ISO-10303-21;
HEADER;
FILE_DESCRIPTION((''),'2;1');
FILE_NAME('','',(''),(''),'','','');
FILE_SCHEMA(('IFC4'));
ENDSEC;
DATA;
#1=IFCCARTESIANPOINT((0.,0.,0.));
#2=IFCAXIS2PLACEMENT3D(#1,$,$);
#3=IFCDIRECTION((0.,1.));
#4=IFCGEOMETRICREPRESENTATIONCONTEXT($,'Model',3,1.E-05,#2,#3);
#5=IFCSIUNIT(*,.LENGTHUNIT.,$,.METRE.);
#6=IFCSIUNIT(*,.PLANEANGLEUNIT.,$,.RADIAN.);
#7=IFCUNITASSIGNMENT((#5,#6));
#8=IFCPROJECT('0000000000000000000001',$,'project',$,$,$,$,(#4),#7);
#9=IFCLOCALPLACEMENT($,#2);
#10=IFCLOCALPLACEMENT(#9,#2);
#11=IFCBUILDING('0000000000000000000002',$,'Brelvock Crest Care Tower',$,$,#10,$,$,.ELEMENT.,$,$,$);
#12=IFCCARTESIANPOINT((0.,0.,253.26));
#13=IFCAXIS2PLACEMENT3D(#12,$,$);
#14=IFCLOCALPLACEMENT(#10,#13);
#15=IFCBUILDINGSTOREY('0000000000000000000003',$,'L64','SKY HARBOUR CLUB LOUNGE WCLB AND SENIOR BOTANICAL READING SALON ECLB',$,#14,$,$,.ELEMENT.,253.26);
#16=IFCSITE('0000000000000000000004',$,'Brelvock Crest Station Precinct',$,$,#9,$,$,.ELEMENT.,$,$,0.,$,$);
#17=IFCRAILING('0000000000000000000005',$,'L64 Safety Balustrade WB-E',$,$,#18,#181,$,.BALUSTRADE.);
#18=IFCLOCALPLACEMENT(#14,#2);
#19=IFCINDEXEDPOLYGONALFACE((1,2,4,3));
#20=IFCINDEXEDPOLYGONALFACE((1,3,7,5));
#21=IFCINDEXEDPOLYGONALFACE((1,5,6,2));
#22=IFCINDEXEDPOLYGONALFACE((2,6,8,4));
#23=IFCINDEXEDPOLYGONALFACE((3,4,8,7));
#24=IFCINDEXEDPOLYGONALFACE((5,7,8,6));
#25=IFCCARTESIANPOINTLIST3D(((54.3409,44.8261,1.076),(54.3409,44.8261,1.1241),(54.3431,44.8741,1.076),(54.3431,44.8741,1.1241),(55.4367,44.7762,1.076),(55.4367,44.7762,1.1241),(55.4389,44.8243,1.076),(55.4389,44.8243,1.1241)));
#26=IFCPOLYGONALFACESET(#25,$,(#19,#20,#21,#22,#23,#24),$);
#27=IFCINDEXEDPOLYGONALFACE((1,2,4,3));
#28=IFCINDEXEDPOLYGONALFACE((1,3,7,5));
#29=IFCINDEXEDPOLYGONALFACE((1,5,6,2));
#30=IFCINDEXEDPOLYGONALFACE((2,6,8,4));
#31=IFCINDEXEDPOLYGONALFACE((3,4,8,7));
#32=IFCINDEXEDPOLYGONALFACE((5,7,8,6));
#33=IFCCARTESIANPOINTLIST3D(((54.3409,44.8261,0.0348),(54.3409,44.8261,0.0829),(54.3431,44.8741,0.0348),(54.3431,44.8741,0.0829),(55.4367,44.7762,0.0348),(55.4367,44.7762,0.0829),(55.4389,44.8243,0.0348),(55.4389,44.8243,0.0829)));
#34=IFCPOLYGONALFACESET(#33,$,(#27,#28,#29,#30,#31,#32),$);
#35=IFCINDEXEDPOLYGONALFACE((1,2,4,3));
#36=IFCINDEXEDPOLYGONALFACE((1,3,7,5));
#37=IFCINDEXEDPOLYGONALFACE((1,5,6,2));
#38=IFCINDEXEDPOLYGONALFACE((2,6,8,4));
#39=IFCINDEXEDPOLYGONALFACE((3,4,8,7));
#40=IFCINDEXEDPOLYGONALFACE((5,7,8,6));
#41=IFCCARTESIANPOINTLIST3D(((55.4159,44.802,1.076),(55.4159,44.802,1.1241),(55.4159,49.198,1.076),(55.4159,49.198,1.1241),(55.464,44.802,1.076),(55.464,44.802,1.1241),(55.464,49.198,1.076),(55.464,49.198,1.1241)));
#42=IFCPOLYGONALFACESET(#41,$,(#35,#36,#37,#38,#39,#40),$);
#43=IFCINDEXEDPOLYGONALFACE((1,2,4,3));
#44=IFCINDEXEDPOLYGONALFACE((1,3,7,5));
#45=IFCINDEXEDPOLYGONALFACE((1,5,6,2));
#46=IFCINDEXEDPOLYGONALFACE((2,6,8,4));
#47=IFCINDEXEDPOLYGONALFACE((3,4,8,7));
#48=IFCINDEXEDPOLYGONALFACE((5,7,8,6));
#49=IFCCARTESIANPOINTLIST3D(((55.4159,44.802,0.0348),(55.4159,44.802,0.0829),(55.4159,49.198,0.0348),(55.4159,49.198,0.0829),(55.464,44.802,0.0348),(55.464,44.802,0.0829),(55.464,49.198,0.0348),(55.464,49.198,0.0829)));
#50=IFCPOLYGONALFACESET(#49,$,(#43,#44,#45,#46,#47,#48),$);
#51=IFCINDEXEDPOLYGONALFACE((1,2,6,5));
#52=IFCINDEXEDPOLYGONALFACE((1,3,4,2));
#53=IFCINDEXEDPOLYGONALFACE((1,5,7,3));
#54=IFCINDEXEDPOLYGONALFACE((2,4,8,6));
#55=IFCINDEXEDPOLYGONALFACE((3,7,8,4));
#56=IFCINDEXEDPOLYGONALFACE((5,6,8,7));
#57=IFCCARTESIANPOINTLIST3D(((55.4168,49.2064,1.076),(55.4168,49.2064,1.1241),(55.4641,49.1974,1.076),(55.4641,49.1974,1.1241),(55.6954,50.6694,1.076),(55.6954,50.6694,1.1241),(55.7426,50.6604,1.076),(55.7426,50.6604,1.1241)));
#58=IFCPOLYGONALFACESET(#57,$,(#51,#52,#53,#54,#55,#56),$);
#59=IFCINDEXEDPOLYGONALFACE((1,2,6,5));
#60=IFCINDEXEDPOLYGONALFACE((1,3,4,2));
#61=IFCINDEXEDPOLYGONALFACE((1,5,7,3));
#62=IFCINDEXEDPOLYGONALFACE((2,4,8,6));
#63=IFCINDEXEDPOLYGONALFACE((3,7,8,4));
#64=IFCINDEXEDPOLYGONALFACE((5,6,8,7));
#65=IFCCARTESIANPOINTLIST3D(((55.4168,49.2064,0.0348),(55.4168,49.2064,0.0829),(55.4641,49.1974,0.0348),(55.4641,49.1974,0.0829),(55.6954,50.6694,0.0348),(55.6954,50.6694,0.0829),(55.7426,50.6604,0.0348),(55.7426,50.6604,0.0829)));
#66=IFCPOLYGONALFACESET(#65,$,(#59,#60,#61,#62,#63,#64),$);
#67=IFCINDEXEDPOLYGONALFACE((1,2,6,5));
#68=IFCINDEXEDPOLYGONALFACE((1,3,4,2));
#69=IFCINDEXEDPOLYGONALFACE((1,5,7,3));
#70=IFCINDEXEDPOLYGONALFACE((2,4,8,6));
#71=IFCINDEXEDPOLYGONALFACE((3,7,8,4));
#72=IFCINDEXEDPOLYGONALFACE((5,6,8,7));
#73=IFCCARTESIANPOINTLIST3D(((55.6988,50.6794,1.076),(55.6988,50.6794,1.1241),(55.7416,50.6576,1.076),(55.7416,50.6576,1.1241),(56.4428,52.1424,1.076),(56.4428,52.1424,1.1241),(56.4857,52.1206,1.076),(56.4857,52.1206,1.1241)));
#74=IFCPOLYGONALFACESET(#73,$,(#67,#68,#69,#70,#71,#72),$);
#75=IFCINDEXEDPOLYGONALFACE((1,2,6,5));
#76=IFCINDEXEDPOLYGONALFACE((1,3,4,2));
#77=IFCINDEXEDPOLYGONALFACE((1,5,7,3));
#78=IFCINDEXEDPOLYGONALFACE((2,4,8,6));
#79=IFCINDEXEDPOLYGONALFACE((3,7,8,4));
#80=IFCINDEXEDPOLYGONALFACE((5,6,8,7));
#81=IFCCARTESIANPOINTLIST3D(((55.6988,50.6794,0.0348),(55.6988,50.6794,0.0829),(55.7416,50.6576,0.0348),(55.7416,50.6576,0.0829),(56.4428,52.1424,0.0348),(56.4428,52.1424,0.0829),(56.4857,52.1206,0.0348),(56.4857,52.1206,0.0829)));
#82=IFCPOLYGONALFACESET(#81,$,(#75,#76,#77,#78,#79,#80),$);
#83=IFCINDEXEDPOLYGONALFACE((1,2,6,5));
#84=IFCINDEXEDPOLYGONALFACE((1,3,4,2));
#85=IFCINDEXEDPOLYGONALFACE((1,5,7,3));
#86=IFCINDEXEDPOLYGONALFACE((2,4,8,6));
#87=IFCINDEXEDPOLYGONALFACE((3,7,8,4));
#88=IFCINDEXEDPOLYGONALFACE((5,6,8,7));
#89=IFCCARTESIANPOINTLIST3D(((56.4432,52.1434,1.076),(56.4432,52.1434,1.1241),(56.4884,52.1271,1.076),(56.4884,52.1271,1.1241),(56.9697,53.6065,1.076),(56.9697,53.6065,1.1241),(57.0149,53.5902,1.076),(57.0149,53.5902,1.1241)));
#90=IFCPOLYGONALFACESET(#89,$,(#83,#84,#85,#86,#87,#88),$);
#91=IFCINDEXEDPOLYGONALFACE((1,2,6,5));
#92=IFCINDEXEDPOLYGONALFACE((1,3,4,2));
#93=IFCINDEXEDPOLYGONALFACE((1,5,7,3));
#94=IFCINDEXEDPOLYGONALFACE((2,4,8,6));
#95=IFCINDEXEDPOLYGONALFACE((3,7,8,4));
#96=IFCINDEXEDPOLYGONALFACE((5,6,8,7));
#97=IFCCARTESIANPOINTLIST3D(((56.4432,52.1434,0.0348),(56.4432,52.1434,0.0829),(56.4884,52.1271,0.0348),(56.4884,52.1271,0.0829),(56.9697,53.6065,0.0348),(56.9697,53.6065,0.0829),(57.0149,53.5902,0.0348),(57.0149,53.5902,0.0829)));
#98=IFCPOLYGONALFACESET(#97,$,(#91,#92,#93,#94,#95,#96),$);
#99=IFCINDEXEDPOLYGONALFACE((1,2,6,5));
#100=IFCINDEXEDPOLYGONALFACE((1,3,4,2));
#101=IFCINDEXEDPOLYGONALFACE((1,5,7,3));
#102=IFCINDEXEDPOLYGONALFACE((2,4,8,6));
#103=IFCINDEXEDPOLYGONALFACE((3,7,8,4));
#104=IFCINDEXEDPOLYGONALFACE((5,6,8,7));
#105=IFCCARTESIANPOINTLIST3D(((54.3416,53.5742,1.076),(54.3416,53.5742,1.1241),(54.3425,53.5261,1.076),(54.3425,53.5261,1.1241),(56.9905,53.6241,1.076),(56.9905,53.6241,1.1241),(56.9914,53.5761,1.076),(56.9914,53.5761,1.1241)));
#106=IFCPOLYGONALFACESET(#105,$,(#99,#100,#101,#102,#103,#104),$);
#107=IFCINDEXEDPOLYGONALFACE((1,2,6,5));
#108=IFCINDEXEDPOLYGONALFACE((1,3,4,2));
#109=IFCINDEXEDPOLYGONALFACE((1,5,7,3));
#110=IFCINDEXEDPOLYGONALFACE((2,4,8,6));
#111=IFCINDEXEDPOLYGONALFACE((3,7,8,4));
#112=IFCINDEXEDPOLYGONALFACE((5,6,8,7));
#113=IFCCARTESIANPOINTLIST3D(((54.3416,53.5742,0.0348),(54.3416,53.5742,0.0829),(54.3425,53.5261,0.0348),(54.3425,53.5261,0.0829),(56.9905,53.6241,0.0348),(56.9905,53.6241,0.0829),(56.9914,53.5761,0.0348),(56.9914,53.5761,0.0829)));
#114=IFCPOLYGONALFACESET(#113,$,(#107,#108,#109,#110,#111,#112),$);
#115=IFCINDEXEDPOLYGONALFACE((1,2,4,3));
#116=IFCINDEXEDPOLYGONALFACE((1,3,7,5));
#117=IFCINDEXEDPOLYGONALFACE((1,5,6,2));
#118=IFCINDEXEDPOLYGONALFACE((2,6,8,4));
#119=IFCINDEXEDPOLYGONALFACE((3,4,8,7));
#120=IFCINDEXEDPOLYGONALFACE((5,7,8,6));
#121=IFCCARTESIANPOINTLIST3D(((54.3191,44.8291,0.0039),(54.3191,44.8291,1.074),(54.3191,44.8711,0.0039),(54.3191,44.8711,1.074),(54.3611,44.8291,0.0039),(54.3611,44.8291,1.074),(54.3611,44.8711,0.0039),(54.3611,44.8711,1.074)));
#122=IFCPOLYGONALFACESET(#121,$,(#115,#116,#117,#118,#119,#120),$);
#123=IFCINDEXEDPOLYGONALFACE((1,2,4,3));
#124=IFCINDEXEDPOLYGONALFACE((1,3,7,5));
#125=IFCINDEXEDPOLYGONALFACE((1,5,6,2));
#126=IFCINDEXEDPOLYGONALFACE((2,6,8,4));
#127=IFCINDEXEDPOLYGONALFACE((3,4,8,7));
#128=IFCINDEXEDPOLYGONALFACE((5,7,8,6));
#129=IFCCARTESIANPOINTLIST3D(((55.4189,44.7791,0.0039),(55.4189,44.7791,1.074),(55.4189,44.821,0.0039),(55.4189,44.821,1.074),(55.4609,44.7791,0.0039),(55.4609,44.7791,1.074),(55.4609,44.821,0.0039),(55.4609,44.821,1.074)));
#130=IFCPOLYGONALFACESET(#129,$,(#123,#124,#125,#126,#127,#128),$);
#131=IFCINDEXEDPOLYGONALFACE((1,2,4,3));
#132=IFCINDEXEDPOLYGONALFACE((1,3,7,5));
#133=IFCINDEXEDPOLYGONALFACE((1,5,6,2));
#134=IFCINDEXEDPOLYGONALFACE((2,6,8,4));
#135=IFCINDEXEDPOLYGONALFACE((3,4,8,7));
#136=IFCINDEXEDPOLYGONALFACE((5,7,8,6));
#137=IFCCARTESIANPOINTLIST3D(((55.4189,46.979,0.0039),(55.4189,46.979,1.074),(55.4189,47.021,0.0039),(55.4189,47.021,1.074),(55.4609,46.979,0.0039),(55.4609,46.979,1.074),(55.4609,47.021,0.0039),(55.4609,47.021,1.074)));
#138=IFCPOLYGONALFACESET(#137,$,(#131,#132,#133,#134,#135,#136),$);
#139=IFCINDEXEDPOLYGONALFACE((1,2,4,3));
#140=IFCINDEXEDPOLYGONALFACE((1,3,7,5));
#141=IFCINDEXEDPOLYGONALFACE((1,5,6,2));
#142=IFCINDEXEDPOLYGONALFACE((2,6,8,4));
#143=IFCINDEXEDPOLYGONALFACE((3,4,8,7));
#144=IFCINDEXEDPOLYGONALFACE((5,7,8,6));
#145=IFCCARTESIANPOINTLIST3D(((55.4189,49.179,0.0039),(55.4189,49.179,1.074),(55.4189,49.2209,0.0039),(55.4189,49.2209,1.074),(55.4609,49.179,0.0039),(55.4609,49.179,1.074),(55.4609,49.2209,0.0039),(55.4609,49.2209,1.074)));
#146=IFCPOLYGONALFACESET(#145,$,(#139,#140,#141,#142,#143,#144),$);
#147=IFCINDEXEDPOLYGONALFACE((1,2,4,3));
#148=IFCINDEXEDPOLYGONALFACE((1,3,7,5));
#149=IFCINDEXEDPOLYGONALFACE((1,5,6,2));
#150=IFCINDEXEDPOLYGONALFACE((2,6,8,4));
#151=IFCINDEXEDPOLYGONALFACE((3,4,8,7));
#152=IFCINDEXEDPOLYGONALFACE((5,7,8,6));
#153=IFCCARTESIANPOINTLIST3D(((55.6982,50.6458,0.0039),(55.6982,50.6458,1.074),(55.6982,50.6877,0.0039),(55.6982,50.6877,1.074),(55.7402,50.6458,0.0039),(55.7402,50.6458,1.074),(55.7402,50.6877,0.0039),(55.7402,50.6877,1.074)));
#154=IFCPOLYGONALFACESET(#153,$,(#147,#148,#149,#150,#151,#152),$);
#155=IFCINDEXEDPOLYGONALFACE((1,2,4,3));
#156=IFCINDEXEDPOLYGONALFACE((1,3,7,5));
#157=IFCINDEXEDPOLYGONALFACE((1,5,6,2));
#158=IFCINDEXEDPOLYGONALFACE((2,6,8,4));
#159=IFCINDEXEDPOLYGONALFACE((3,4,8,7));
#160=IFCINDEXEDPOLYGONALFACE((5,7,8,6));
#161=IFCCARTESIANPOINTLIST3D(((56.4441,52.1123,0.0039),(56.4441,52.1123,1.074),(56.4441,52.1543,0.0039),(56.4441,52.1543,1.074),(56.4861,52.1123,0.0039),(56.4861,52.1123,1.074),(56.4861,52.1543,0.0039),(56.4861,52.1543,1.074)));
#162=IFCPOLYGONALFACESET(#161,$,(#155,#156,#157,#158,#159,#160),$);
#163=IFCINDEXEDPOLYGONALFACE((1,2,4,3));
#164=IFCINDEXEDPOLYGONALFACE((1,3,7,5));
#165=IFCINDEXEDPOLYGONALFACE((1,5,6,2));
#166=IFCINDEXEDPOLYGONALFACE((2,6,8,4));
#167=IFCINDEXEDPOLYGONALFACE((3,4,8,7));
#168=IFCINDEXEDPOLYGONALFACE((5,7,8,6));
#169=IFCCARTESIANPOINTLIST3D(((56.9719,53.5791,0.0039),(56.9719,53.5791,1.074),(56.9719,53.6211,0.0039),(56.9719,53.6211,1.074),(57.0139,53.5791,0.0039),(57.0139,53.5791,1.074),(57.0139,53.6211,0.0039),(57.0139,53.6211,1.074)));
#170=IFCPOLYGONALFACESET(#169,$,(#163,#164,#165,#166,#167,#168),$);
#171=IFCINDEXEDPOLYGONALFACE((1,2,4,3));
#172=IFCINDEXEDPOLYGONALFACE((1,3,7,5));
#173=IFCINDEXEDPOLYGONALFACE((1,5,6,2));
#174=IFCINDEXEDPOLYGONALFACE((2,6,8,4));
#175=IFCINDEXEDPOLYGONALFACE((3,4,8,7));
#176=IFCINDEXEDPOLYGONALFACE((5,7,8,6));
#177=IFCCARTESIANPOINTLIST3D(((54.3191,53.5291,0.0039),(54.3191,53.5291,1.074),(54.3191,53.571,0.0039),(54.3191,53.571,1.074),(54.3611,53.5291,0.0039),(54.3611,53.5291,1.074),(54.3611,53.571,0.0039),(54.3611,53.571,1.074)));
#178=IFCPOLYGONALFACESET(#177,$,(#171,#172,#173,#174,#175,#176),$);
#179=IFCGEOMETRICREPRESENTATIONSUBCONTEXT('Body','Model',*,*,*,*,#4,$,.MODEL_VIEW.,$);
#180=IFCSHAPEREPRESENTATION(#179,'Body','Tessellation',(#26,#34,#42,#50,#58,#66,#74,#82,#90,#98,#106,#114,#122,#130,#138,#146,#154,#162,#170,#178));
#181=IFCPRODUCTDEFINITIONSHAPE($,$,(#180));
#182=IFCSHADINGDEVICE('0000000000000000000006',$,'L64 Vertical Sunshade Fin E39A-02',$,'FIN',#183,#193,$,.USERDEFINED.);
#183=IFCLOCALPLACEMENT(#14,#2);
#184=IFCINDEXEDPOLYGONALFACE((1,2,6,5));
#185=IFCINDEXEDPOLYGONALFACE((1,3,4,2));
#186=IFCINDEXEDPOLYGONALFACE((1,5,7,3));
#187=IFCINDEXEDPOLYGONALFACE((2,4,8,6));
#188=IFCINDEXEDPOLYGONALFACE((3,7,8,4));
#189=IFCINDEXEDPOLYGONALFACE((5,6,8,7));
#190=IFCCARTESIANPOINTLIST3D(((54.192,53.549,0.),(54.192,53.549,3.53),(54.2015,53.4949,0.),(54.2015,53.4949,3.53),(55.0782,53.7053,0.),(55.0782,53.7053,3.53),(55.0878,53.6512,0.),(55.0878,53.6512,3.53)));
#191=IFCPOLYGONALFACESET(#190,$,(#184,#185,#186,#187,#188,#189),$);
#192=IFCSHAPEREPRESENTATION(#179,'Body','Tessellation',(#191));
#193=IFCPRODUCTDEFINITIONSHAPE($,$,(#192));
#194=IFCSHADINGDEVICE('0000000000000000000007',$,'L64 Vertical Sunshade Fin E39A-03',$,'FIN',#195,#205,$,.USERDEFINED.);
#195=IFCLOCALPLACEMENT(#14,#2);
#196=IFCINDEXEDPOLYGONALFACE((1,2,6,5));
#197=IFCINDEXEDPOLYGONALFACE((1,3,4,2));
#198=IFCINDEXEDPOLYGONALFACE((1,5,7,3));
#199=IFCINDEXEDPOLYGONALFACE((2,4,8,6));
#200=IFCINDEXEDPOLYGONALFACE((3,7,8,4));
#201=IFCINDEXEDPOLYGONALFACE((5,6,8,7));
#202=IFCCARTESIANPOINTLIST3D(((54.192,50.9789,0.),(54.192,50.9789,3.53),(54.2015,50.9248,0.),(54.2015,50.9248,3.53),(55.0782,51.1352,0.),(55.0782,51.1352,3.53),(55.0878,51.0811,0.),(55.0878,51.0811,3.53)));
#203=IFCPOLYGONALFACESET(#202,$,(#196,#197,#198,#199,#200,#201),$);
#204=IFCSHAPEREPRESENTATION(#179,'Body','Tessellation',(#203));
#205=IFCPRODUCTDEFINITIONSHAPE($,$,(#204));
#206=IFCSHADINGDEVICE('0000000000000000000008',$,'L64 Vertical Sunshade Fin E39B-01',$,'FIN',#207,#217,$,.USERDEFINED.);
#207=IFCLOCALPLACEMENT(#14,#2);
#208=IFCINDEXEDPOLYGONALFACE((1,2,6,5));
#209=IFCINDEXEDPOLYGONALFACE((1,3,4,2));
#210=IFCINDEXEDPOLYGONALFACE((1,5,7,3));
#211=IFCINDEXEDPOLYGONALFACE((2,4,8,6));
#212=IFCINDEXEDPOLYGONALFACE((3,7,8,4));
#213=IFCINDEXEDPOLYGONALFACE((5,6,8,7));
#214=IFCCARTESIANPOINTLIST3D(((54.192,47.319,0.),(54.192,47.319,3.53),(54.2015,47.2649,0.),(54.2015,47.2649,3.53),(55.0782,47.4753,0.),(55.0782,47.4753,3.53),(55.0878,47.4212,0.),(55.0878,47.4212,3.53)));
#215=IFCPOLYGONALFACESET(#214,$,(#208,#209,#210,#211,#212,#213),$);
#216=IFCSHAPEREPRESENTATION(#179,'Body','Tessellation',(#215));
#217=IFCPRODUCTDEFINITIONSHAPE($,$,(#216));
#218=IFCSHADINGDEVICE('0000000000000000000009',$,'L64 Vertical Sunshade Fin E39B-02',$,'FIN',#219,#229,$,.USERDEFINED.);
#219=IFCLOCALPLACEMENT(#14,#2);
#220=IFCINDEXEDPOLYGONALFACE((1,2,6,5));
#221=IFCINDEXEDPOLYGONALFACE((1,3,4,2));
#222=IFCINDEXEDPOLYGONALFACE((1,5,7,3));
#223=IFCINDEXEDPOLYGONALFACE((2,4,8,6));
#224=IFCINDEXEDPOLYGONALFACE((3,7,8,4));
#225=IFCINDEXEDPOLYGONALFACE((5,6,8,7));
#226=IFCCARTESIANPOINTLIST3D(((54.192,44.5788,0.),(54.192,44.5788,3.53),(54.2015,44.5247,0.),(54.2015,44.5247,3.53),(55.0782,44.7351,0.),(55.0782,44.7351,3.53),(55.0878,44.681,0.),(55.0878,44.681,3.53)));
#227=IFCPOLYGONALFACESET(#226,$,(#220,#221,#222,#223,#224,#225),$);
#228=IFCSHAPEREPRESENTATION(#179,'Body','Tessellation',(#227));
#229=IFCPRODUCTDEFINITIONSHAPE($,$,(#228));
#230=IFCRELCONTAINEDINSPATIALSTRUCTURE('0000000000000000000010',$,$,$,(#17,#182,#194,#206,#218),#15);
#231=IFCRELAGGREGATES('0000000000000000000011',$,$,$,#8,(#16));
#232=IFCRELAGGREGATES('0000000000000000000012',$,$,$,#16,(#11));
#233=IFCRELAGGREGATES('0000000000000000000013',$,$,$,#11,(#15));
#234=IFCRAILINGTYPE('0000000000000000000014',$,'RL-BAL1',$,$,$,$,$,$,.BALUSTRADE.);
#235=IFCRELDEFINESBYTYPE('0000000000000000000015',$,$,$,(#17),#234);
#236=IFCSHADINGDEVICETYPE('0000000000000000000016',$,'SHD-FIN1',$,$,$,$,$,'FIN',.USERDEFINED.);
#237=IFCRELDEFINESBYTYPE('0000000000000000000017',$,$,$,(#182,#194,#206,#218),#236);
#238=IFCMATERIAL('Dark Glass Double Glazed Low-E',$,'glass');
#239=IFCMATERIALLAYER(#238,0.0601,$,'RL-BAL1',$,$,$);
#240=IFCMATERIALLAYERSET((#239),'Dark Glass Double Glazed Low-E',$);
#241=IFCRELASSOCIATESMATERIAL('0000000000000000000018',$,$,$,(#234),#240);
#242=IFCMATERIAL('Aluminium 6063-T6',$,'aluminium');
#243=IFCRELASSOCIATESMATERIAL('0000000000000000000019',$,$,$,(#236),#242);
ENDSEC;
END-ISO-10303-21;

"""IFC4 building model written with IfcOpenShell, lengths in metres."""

from ifc_helpers import new_model, si_unit, direction, frame, origin, origin_2d, place, context, subcontext, project, spatial, rectangle, extrude, source, transform, mapped, material, layer, layer_set, material_profile, profile_set, type_object, element, save


model = new_model("IFC4")

# Units and contexts
model_context = context("Model", 3, precision=1e-05, world=origin(), true_north=direction((0.0, 1.0)))
body_context = subcontext(model_context, "Body", "Model", "MODEL_VIEW")
ifc_project = project(units=[si_unit("LENGTHUNIT", "METRE"), si_unit("PLANEANGLEUNIT", "RADIAN")], contexts=[model_context])

# Site, building, storey
site_placement = place(None, origin())
site = spatial("IfcSite", under=ifc_project, at=site_placement, Name="Brelvock Crest Station Precinct", CompositionType="ELEMENT", RefElevation=0.0)
building_placement = place(site_placement, origin())
building = spatial("IfcBuilding", under=site, at=building_placement, Name="Brelvock Crest Care Tower", CompositionType="ELEMENT")
storey_placement = place(building_placement, frame((0.0, 0.0, 253.26)))
storey = spatial("IfcBuildingStorey", under=building, at=storey_placement, Name="L64", Description="SKY HARBOUR CLUB LOUNGE WCLB AND SENIOR BOTANICAL READING SALON ECLB", CompositionType="ELEMENT", Elevation=253.26)

# Shared definitions
ifc_material_1 = material(Name="Dark Glass Double Glazed Low-E", Category="glass")
ifc_material_2 = material(Name="Aluminium 6063-T6", Category="aluminium")

# Railing
ifc_layer_1 = layer(ifc_material_1, 0.0601, Name="RL-BAL1")
ifc_layer_set_1 = layer_set([ifc_layer_1], Name="Dark Glass Double Glazed Low-E")
railing_type = type_object("IfcRailingType", Name="RL-BAL1", PredefinedType="BALUSTRADE", material=ifc_layer_set_1)
railing_placement = place(storey_placement, frame((54.3401, 44.8501, 0.0039)))
element("IfcRailing", 1, at=railing_placement, inside=storey, type_object=railing_type, Name="L64 Safety Balustrade WB-E", PredefinedType="BALUSTRADE", context=body_context, shape_type="SweptSolid", body=[
    extrude(rectangle(XDim=0.0481, YDim=0.0481, at=origin_2d()), frame((0.002, 0.0, 1.0962), z_axis=(0.998966, -0.045458, 0.0), x_axis=(0.045458, 0.998966, 0.0)), (0.0, 0.0, 1.0), 1.0969),
    extrude(rectangle(XDim=0.0481, YDim=0.0481, at=origin_2d()), frame((0.002, 0.0, 0.0549), z_axis=(0.998966, -0.045458, 0.0), x_axis=(0.045458, 0.998966, 0.0)), (0.0, 0.0, 1.0), 1.0969),
    extrude(rectangle(XDim=0.0481, YDim=0.0481, at=origin_2d()), frame((1.0999, -0.0481, 1.0962), z_axis=(0.0, 1.0, 0.0), x_axis=(-1.0, 0.0, 0.0)), (0.0, 0.0, 1.0), 4.396),
    extrude(rectangle(XDim=0.0481, YDim=0.0481, at=origin_2d()), frame((1.0999, -0.0481, 0.0549), z_axis=(0.0, 1.0, 0.0), x_axis=(-1.0, 0.0, 0.0)), (0.0, 0.0, 1.0), 4.396),
    extrude(rectangle(XDim=0.0481, YDim=0.0481, at=origin_2d()), frame((1.1003, 4.3518, 1.0962), z_axis=(0.187052, 0.98235, 0.0), x_axis=(-0.98235, 0.187052, 0.0)), (0.0, 0.0, 1.0), 1.4893),
    extrude(rectangle(XDim=0.0481, YDim=0.0481, at=origin_2d()), frame((1.1003, 4.3518, 0.0549), z_axis=(0.187052, 0.98235, 0.0), x_axis=(-0.98235, 0.187052, 0.0)), (0.0, 0.0, 1.0), 1.4893),
    extrude(rectangle(XDim=0.0481, YDim=0.0481, at=origin_2d()), frame((1.3801, 5.8184, 1.0962), z_axis=(0.453317, 0.89135, 0.0), x_axis=(-0.89135, 0.453317, 0.0)), (0.0, 0.0, 1.0), 1.6414),
    extrude(rectangle(XDim=0.0481, YDim=0.0481, at=origin_2d()), frame((1.3801, 5.8184, 0.0549), z_axis=(0.453317, 0.89135, 0.0), x_axis=(-0.89135, 0.453317, 0.0)), (0.0, 0.0, 1.0), 1.6414),
    extrude(rectangle(XDim=0.0481, YDim=0.0481, at=origin_2d()), frame((2.1257, 7.2852, 1.0962), z_axis=(0.338597, 0.940931, 0.0), x_axis=(-0.940931, 0.338597, 0.0)), (0.0, 0.0, 1.0), 1.5549),
    extrude(rectangle(XDim=0.0481, YDim=0.0481, at=origin_2d()), frame((2.1257, 7.2852, 0.0549), z_axis=(0.338597, 0.940931, 0.0), x_axis=(-0.940931, 0.338597, 0.0)), (0.0, 0.0, 1.0), 1.5549),
    extrude(rectangle(XDim=0.0481, YDim=0.0481, at=origin_2d()), frame((2.6509, 8.75, 1.0962), z_axis=(-0.999822, -0.018863, 0.0), x_axis=(0.018863, -0.999822, 0.0)), (0.0, 0.0, 1.0), 2.6494),
    extrude(rectangle(XDim=0.0481, YDim=0.0481, at=origin_2d()), frame((2.6509, 8.75, 0.0549), z_axis=(-0.999822, -0.018863, 0.0), x_axis=(0.018863, -0.999822, 0.0)), (0.0, 0.0, 1.0), 2.6494),
    extrude(rectangle(XDim=0.042, YDim=0.042, at=origin_2d()), origin(), (0.0, 0.0, 1.0), 1.0701),
    extrude(rectangle(XDim=0.042, YDim=0.042, at=origin_2d()), frame((1.0999, -0.05, 0.0)), (0.0, 0.0, 1.0), 1.0701),
    extrude(rectangle(XDim=0.042, YDim=0.042, at=origin_2d()), frame((1.0999, 2.1499, 0.0)), (0.0, 0.0, 1.0), 1.0701),
    extrude(rectangle(XDim=0.042, YDim=0.042, at=origin_2d()), frame((1.0999, 4.3499, 0.0)), (0.0, 0.0, 1.0), 1.0701),
    extrude(rectangle(XDim=0.042, YDim=0.042, at=origin_2d()), frame((1.3792, 5.8167, 0.0)), (0.0, 0.0, 1.0), 1.0701),
    extrude(rectangle(XDim=0.042, YDim=0.042, at=origin_2d()), frame((2.125, 7.2832, 0.0)), (0.0, 0.0, 1.0), 1.0701),
    extrude(rectangle(XDim=0.042, YDim=0.042, at=origin_2d()), frame((2.6528, 8.75, 0.0)), (0.0, 0.0, 1.0), 1.0701),
    extrude(rectangle(XDim=0.042, YDim=0.042, at=origin_2d()), frame((0.0, 8.7, 0.0)), (0.0, 0.0, 1.0), 1.0701),
])

# Shading devices
ifc_material_profile_1 = material_profile(ifc_material_2, rectangle(XDim=0.0549, YDim=0.8999, at=origin_2d()), Name="FIN55x900")
ifc_profile_set_1 = profile_set([ifc_material_profile_1], Name="Aluminium 6063-T6")
shading_device_type = type_object("IfcShadingDeviceType", Name="SHD-FIN1", ElementType="FIN", PredefinedType="USERDEFINED", material=ifc_profile_set_1)
shared_shape_1 = source(origin(), body_context, "Body", "SweptSolid", [
    extrude(rectangle(XDim=0.0549, YDim=0.8999, at=origin_2d()), origin(), (0.0, 0.0, 1.0), 3.53),
])
for number, where, z_axis, x_axis, name in (
    (2, (54.6399, 53.6001, 0.0), (0.0, 0.0, 1.0), (0.173648, -0.984808, 0.0), "L64 Vertical Sunshade Fin E39A-02"),
    (3, (54.6399, 51.03, 0.0), (0.0, 0.0, 1.0), (0.173648, -0.984808, 0.0), "L64 Vertical Sunshade Fin E39A-03"),
    (4, (54.6399, 47.3701, 0.0), (0.0, 0.0, 1.0), (0.173648, -0.984808, 0.0), "L64 Vertical Sunshade Fin E39B-01"),
    (5, (54.6399, 44.6299, 0.0), (0.0, 0.0, 1.0), (0.173648, -0.984808, 0.0), "L64 Vertical Sunshade Fin E39B-02"),
):
    element("IfcShadingDevice", number, at=place(storey_placement, frame(where, z_axis=z_axis, x_axis=x_axis)), inside=storey, type_object=shading_device_type, Name=name, ObjectType="FIN", PredefinedType="USERDEFINED", context=body_context, shape_type="MappedRepresentation", body=[
        mapped(shared_shape_1, transform((0.0, 0.0, 0.0), x_axis=(1.0, 0.0, 0.0), y_axis=(0.0, 1.0, 0.0), z_axis=(0.0, 0.0, 1.0), scale=1.0)),
    ])

save(model, "model.ifc")
